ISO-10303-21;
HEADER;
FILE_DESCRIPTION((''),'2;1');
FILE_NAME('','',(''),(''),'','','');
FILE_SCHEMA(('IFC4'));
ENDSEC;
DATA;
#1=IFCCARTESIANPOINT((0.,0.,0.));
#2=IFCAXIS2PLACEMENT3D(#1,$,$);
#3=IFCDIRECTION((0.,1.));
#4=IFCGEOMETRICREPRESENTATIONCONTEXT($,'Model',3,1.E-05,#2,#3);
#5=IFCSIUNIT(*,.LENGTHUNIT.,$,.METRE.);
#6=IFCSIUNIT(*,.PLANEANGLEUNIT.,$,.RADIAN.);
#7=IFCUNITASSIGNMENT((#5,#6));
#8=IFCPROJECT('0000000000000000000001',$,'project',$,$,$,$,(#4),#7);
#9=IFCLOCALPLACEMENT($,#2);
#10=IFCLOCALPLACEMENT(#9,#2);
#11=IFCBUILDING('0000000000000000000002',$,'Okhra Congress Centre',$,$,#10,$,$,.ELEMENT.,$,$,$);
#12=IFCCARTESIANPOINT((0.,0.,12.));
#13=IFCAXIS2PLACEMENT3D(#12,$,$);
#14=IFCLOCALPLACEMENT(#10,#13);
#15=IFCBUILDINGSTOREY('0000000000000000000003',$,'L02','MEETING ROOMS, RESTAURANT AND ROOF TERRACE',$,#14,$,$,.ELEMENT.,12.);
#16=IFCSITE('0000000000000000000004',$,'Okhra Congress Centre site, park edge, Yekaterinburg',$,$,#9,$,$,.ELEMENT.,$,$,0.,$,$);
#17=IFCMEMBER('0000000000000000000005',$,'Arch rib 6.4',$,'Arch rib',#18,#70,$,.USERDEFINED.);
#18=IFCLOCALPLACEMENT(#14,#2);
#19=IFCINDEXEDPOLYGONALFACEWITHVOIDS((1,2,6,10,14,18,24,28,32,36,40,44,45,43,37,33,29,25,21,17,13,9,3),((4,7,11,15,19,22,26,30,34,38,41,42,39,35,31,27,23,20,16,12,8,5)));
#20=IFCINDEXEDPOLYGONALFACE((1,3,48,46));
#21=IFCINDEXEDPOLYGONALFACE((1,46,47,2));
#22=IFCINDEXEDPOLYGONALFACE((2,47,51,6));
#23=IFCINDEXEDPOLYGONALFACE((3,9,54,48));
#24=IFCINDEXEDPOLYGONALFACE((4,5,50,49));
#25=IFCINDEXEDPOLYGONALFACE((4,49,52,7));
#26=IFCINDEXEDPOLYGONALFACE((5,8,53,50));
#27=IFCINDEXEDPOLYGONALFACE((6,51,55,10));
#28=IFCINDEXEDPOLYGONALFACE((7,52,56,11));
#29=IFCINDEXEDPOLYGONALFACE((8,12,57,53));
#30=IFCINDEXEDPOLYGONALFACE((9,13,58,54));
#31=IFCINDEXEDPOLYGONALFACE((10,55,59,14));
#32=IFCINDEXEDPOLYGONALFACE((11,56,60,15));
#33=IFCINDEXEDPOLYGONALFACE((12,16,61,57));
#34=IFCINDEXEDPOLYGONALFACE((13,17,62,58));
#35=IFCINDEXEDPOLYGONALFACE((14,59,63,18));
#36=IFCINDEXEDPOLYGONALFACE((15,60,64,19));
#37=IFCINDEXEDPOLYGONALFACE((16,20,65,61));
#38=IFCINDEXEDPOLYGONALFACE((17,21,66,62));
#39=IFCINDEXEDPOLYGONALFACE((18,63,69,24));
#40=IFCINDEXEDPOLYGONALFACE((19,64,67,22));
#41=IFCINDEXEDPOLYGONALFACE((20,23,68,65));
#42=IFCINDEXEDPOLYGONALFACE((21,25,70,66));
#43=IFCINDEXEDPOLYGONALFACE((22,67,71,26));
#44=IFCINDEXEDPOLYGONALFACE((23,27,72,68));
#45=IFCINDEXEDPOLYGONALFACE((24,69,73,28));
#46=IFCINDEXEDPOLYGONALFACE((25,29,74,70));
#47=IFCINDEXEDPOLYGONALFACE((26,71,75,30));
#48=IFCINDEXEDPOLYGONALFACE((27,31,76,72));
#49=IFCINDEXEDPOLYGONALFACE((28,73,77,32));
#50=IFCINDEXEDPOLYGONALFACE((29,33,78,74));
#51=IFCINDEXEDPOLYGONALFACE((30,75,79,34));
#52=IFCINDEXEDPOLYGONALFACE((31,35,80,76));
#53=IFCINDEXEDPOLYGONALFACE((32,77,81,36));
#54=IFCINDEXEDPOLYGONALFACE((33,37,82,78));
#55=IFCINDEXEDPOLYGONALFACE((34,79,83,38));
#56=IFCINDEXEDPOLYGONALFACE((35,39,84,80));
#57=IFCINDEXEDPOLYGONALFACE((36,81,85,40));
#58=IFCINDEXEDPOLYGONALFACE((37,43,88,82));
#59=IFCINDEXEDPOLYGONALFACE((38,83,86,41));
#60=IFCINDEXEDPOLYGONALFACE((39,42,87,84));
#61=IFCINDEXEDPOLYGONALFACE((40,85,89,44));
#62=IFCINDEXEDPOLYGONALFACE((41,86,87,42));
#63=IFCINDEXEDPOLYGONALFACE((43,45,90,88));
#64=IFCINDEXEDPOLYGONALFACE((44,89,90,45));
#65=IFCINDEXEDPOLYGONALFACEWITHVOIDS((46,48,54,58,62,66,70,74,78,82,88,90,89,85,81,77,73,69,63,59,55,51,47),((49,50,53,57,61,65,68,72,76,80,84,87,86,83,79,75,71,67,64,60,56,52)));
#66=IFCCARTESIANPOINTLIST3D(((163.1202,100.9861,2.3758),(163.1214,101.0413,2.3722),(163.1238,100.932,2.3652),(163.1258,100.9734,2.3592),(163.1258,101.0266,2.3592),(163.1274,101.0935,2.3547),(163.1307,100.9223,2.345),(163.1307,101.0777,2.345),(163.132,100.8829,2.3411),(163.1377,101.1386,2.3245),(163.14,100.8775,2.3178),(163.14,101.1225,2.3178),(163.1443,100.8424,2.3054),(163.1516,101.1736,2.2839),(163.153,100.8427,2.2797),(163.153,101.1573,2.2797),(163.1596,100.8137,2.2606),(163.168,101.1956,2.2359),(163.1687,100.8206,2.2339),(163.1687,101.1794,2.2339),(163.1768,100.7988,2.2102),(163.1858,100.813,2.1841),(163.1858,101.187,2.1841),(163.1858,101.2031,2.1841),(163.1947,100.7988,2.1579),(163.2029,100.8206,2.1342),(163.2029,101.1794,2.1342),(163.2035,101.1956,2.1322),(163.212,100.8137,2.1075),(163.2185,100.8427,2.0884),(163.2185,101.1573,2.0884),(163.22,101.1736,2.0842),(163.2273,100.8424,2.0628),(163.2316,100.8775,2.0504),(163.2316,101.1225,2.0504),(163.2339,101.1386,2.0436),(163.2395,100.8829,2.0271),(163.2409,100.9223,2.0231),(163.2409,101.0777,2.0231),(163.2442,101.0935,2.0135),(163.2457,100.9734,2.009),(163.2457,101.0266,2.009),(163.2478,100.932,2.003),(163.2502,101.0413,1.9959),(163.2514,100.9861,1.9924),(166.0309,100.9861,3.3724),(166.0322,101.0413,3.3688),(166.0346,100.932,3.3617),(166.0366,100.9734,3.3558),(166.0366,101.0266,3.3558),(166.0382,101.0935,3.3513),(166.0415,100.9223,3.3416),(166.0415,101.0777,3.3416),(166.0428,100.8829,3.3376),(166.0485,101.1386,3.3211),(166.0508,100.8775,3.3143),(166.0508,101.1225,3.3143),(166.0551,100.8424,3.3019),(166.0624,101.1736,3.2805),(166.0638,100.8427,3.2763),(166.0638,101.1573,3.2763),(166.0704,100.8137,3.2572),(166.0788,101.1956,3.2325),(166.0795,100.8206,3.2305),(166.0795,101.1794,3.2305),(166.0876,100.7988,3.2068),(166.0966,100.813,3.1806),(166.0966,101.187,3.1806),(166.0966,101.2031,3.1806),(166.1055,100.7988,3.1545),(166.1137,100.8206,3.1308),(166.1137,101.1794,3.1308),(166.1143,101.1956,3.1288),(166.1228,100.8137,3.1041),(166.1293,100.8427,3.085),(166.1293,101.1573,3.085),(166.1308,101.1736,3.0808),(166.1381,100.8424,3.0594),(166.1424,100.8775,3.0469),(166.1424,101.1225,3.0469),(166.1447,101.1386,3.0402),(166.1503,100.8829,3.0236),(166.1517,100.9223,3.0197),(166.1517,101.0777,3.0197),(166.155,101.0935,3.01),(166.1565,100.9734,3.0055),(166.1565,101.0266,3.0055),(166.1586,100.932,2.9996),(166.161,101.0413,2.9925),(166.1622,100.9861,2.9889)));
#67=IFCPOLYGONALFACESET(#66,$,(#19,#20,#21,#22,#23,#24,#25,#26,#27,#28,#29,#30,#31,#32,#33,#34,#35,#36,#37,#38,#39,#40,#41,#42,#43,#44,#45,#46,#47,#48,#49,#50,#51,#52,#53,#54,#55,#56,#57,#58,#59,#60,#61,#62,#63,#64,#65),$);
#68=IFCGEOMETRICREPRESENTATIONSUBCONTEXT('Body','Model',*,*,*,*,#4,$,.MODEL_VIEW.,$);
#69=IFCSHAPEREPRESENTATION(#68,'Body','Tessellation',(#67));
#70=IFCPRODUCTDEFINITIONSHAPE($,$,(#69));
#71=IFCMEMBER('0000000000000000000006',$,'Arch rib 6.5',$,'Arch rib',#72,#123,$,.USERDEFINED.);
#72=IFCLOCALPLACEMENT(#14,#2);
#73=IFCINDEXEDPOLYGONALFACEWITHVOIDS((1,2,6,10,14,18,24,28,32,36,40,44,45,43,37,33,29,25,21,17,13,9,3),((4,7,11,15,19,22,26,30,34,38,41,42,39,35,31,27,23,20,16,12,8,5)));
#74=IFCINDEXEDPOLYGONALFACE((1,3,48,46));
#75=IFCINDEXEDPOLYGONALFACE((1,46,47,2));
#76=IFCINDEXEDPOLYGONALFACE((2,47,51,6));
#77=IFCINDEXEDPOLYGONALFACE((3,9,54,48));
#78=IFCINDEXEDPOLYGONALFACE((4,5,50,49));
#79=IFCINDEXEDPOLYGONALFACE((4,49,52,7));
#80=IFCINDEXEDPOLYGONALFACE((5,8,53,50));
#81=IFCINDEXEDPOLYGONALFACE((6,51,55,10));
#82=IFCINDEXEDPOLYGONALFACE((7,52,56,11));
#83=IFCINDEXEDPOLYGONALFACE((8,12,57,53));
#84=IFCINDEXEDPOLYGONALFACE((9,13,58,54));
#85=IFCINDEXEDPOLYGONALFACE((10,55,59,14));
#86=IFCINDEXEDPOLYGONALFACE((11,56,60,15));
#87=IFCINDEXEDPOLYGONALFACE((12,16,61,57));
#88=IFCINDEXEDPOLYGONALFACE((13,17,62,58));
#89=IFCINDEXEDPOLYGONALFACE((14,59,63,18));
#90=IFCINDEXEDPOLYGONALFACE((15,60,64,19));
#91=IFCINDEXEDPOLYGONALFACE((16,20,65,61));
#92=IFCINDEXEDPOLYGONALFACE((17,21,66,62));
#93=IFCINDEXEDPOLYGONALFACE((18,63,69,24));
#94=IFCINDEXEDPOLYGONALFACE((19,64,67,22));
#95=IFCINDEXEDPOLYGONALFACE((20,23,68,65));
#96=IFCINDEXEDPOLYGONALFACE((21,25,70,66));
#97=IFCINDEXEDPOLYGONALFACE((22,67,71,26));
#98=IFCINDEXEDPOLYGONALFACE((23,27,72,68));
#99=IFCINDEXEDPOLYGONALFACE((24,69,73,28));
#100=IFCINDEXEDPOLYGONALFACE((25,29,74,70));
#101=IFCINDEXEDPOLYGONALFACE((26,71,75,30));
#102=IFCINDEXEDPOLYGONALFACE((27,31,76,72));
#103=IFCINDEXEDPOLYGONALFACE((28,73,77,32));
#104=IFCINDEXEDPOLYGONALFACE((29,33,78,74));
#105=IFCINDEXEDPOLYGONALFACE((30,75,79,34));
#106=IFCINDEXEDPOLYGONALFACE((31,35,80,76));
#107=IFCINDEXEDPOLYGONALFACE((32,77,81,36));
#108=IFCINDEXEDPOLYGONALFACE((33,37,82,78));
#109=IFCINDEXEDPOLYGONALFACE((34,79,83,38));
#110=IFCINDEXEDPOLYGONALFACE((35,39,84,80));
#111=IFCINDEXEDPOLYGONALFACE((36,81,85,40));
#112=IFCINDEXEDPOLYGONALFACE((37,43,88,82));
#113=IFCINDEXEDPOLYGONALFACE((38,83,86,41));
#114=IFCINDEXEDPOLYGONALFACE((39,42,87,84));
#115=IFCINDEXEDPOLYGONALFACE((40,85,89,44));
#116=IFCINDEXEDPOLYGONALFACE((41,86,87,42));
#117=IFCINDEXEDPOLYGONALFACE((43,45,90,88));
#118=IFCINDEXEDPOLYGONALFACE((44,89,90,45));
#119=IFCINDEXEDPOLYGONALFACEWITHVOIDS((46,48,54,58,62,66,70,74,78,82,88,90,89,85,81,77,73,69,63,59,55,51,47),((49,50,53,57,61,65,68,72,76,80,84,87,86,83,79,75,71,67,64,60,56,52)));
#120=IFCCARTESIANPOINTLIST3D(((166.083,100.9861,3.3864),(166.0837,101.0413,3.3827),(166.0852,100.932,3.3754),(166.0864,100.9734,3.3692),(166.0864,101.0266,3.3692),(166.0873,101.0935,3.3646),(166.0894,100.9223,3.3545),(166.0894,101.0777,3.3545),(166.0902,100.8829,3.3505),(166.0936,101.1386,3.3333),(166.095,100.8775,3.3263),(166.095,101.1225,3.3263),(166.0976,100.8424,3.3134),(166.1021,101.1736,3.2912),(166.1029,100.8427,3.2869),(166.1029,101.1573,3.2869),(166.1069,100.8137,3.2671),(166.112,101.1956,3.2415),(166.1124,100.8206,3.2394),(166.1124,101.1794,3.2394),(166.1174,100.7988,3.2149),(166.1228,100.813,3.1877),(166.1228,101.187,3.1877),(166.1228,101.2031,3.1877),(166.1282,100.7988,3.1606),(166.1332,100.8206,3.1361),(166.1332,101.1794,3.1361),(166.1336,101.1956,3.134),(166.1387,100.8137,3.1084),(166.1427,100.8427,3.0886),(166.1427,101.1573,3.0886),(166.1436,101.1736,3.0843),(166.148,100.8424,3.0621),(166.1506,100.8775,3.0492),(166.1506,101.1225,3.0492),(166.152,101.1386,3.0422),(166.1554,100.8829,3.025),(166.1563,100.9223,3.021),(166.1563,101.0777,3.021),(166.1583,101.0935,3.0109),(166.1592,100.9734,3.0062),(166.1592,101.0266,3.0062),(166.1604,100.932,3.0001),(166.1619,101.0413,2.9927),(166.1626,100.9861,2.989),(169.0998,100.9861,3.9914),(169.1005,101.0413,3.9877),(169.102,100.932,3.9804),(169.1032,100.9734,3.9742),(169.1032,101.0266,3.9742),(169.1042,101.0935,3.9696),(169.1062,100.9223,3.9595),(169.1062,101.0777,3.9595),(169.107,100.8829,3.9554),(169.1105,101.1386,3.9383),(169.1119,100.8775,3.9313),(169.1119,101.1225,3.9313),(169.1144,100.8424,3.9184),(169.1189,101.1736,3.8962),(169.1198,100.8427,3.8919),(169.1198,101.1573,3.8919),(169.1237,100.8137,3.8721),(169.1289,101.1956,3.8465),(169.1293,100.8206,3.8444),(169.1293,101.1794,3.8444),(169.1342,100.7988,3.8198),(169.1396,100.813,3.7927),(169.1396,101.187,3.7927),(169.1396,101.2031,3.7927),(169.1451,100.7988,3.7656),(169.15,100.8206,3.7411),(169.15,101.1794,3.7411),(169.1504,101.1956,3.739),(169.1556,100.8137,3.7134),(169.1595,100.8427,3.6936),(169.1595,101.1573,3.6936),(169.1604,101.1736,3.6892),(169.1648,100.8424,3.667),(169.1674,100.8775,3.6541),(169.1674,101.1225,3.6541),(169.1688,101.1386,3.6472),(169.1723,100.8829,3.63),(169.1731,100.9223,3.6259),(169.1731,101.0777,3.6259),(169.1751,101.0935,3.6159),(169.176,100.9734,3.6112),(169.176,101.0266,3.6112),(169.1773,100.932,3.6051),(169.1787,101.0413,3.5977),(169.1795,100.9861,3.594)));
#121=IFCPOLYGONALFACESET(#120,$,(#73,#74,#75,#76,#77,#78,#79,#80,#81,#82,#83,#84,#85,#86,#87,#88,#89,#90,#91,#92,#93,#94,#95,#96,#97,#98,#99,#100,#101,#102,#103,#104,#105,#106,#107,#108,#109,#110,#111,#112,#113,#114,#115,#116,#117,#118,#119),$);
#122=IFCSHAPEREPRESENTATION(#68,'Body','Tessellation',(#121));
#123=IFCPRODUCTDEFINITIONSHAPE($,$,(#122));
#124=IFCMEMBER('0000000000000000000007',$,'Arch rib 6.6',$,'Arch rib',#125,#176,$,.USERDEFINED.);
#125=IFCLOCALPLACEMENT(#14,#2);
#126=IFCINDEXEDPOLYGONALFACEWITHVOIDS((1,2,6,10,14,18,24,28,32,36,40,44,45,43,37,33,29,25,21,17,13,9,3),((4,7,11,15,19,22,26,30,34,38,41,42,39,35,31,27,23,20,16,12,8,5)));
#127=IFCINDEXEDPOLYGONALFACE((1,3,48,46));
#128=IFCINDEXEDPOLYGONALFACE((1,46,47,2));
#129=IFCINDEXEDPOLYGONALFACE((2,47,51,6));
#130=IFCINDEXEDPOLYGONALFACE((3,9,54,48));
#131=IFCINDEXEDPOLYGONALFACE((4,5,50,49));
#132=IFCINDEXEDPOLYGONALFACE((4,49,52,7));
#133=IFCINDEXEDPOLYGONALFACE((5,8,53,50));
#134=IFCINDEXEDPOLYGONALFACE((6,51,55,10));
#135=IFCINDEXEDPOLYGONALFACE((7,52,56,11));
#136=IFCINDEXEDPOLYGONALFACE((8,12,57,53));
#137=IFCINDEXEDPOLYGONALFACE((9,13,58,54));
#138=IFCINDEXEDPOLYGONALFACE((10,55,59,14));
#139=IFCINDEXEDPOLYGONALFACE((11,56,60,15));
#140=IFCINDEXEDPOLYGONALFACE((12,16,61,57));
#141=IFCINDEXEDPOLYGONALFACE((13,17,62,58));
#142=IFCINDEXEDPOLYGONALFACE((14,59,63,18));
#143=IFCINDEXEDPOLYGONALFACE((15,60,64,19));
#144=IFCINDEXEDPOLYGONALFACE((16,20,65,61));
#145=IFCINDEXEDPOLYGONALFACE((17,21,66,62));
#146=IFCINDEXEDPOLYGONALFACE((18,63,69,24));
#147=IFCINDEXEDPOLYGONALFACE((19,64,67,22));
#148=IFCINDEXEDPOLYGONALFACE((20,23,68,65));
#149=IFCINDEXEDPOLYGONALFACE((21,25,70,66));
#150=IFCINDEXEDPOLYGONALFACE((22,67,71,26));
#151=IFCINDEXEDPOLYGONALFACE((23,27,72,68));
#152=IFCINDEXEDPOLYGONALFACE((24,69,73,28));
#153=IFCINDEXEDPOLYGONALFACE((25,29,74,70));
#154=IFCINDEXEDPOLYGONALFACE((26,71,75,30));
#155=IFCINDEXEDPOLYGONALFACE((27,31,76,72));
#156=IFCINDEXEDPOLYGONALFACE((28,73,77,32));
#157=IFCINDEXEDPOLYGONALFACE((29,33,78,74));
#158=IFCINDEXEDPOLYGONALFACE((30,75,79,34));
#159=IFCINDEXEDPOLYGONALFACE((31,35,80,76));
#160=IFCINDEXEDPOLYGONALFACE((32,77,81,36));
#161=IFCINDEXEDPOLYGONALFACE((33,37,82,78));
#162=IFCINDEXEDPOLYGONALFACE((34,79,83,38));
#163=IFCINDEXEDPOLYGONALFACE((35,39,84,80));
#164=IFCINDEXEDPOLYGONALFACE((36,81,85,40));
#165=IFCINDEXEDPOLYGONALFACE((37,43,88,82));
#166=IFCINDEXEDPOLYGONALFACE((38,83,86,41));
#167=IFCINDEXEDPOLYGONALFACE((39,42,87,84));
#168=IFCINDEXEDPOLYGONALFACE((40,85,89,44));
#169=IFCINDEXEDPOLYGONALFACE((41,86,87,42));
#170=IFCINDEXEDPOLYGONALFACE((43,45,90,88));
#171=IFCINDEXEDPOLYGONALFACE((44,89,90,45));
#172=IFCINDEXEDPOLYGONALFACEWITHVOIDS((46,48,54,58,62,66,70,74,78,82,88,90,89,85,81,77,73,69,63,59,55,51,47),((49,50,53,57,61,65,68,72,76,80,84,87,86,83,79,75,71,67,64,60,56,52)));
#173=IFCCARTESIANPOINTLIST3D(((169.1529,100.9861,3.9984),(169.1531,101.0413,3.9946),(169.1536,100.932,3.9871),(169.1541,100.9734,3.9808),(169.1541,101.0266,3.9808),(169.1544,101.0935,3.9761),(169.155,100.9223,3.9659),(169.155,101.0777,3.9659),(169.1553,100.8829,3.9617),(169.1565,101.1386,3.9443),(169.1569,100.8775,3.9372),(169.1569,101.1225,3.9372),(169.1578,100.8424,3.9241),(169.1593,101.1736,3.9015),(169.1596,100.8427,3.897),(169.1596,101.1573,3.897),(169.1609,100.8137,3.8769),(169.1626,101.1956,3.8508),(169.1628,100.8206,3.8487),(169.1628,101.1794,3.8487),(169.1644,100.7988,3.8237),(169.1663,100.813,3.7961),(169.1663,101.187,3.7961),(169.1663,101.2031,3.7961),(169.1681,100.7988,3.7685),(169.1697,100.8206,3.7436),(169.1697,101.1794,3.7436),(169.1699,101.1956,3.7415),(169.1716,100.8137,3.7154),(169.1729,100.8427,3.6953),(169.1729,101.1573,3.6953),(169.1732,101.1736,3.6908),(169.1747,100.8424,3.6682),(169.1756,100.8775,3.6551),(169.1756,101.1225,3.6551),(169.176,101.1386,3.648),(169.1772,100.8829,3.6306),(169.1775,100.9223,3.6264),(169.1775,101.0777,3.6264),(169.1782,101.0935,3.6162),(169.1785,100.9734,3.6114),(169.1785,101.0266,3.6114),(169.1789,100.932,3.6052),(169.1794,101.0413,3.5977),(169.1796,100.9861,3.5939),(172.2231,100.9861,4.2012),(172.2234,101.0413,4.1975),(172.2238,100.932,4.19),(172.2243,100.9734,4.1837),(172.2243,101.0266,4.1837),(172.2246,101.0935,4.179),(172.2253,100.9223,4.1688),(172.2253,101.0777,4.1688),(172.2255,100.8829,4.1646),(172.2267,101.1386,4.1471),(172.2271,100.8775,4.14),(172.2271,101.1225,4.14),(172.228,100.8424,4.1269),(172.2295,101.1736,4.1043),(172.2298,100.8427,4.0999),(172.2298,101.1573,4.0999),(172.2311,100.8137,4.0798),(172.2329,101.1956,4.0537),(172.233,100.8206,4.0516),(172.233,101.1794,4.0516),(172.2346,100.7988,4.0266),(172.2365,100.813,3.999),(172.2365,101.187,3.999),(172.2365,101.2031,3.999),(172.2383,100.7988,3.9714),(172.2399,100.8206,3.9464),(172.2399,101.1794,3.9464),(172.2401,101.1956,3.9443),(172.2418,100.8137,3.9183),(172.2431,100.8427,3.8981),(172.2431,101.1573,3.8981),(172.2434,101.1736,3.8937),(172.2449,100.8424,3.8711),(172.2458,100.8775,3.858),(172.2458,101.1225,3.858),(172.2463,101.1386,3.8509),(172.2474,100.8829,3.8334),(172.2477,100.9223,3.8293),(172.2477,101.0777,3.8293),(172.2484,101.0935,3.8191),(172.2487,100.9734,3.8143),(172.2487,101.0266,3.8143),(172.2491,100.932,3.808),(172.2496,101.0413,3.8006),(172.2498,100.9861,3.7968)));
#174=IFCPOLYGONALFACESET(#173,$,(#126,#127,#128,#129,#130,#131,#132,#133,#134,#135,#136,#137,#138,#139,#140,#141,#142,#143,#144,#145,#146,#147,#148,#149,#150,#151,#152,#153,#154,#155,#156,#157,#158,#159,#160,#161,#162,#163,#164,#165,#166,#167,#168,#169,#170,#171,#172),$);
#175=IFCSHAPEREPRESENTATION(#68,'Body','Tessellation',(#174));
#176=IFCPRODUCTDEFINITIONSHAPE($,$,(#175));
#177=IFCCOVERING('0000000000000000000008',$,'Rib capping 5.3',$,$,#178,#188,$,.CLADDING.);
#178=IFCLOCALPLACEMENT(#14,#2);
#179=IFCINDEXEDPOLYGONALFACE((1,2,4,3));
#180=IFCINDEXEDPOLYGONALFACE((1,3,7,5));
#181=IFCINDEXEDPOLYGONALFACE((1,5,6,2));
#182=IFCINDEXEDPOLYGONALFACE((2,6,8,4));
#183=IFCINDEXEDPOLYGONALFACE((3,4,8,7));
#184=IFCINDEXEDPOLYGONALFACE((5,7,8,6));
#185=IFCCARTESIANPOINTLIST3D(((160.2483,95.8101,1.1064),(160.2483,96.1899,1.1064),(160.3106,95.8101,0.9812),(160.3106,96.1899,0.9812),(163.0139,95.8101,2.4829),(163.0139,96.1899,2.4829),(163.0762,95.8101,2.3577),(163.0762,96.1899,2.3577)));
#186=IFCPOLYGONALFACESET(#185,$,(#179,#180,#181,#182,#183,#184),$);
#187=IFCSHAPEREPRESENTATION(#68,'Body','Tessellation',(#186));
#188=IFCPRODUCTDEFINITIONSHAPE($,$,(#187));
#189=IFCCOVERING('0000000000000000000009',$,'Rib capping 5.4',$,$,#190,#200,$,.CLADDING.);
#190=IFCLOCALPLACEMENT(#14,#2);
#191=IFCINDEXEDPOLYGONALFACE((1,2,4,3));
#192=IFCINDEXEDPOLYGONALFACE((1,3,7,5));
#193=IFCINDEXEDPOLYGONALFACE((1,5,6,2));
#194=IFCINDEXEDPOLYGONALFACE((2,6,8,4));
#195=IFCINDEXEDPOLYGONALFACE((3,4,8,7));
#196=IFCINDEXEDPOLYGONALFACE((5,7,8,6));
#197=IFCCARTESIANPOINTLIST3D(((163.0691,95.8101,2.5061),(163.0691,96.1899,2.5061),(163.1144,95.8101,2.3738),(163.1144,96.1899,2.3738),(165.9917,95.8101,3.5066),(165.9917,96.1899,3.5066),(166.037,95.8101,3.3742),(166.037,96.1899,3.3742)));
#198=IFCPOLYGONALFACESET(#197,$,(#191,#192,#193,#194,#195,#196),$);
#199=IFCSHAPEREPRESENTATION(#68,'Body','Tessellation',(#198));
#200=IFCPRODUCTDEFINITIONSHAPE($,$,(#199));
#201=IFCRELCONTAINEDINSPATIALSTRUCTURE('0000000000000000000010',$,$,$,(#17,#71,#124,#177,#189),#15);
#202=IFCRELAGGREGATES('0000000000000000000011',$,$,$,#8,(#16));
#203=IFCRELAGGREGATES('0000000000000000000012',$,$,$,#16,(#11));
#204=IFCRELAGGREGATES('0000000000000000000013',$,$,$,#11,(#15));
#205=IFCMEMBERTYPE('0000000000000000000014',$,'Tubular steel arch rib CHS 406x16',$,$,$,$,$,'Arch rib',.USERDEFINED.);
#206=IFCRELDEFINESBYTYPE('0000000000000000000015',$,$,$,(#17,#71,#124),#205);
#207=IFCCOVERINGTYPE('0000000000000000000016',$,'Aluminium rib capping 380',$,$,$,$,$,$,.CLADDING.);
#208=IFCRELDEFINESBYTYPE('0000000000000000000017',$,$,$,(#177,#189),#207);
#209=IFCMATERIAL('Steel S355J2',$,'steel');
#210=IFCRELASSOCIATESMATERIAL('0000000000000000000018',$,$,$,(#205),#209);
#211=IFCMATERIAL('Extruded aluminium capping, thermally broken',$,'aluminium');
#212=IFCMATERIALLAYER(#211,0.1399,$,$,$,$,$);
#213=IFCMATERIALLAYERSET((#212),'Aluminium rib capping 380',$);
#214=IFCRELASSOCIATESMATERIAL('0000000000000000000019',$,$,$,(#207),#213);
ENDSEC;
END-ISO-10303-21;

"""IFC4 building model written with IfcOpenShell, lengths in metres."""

from ifc_helpers import new_model, si_unit, direction, frame, origin, origin_2d, place, context, subcontext, project, spatial, polyline, hollow_circle, outline, extrude, material, layer, layer_set, material_profile, profile_set, type_object, element, save


model = new_model("IFC4")

# Units and contexts
model_context = context("Model", 3, precision=1e-05, world=origin(), true_north=direction((0.0, 1.0)))
body_context = subcontext(model_context, "Body", "Model", "MODEL_VIEW")
ifc_project = project(units=[si_unit("LENGTHUNIT", "METRE"), si_unit("PLANEANGLEUNIT", "RADIAN")], contexts=[model_context])

# Site, building, storey
site_placement = place(None, origin())
site = spatial("IfcSite", under=ifc_project, at=site_placement, Name="Okhra Congress Centre site, park edge, Yekaterinburg", CompositionType="ELEMENT", RefElevation=0.0)
building_placement = place(site_placement, origin())
building = spatial("IfcBuilding", under=site, at=building_placement, Name="Okhra Congress Centre", CompositionType="ELEMENT")
storey_placement = place(building_placement, frame((0.0, 0.0, 12.0)))
storey = spatial("IfcBuildingStorey", under=building, at=storey_placement, Name="L02", Description="MEETING ROOMS, RESTAURANT AND ROOF TERRACE", CompositionType="ELEMENT", Elevation=12.0)

# Members
ifc_material_1 = material(Name="Steel S355J2", Category="steel")
ifc_material_profile_1 = material_profile(ifc_material_1, hollow_circle(Radius=0.2031, WallThickness=0.0161, at=origin_2d()), Name="CHS 406.4x16")
ifc_profile_set_1 = profile_set([ifc_material_profile_1], Name="Steel S355J2")
member_type_1 = type_object("IfcMemberType", Name="Tubular steel arch rib CHS 406x16", ElementType="Arch rib", PredefinedType="USERDEFINED", material=ifc_profile_set_1)
for number, where, z_axis, x_axis, name in (
    (1, (163.1858, 101.0, 2.1841), (0.946089, 0.0, 0.323906), (0.0, 1.0, 0.0), "Arch rib 6.4"),
):
    element("IfcMember", number, at=place(storey_placement, frame(where, z_axis=z_axis, x_axis=x_axis)), inside=storey, type_object=member_type_1, Name=name, ObjectType="Arch rib", PredefinedType="USERDEFINED", context=body_context, shape_type="SweptSolid", body=[
        extrude(hollow_circle(Radius=0.2031, WallThickness=0.0161, at=origin_2d()), origin(), (0.0, 0.0, 1.0), 3.0767),
    ])
for number, where, z_axis, x_axis, name in (
    (2, (166.1228, 101.0, 3.1877), (0.98048, 0.0, 0.19662), (0.0, 1.0, 0.0), "Arch rib 6.5"),
    (3, (169.1663, 101.0, 3.7961), (0.997824, 0.0, 0.065934), (0.0, 1.0, 0.0), "Arch rib 6.6"),
):
    element("IfcMember", number, at=place(storey_placement, frame(where, z_axis=z_axis, x_axis=x_axis)), inside=storey, type_object=member_type_1, Name=name, ObjectType="Arch rib", PredefinedType="USERDEFINED", context=body_context, shape_type="SweptSolid", body=[
        extrude(hollow_circle(Radius=0.2031, WallThickness=0.0161, at=origin_2d()), origin(), (0.0, 0.0, 1.0), 3.0769),
    ])

# Coverings
ifc_material_2 = material(Name="Extruded aluminium capping, thermally broken", Category="aluminium")
ifc_layer = layer(ifc_material_2, 0.1399)
ifc_layer_set = layer_set([ifc_layer], Name="Aluminium rib capping 380")
covering_type = type_object("IfcCoveringType", Name="Aluminium rib capping 380", PredefinedType="CLADDING", material=ifc_layer_set)
covering_1_placement = place(storey_placement, frame((160.2483, 95.8101, 1.1064), z_axis=(-0.445569, 0.0, 0.895248), x_axis=(0.895248, 0.0, 0.445569)))
element("IfcCovering", 4, at=covering_1_placement, inside=storey, type_object=covering_type, Name="Rib capping 5.3", PredefinedType="CLADDING", context=body_context, shape_type="SweptSolid", body=[
    extrude(outline(polyline([(0.0, 0.0), (3.0892, 0.0), (3.0892, 0.3799), (0.0, 0.3799), (0.0, 0.0)])), origin(), (0.0, 0.0, -1.0), 0.1399),
])
covering_2_placement = place(storey_placement, frame((163.0691, 95.8101, 2.5061), z_axis=(-0.323876, 0.0, 0.9461), x_axis=(0.9461, 0.0, 0.323876)))
element("IfcCovering", 5, at=covering_2_placement, inside=storey, type_object=covering_type, Name="Rib capping 5.4", PredefinedType="CLADDING", context=body_context, shape_type="SweptSolid", body=[
    extrude(outline(polyline([(0.0, 0.0), (3.0891, 0.0), (3.0891, 0.3799), (0.0, 0.3799), (0.0, 0.0)])), origin(), (0.0, 0.0, -1.0), 0.1399),
])

save(model, "model.ifc")
